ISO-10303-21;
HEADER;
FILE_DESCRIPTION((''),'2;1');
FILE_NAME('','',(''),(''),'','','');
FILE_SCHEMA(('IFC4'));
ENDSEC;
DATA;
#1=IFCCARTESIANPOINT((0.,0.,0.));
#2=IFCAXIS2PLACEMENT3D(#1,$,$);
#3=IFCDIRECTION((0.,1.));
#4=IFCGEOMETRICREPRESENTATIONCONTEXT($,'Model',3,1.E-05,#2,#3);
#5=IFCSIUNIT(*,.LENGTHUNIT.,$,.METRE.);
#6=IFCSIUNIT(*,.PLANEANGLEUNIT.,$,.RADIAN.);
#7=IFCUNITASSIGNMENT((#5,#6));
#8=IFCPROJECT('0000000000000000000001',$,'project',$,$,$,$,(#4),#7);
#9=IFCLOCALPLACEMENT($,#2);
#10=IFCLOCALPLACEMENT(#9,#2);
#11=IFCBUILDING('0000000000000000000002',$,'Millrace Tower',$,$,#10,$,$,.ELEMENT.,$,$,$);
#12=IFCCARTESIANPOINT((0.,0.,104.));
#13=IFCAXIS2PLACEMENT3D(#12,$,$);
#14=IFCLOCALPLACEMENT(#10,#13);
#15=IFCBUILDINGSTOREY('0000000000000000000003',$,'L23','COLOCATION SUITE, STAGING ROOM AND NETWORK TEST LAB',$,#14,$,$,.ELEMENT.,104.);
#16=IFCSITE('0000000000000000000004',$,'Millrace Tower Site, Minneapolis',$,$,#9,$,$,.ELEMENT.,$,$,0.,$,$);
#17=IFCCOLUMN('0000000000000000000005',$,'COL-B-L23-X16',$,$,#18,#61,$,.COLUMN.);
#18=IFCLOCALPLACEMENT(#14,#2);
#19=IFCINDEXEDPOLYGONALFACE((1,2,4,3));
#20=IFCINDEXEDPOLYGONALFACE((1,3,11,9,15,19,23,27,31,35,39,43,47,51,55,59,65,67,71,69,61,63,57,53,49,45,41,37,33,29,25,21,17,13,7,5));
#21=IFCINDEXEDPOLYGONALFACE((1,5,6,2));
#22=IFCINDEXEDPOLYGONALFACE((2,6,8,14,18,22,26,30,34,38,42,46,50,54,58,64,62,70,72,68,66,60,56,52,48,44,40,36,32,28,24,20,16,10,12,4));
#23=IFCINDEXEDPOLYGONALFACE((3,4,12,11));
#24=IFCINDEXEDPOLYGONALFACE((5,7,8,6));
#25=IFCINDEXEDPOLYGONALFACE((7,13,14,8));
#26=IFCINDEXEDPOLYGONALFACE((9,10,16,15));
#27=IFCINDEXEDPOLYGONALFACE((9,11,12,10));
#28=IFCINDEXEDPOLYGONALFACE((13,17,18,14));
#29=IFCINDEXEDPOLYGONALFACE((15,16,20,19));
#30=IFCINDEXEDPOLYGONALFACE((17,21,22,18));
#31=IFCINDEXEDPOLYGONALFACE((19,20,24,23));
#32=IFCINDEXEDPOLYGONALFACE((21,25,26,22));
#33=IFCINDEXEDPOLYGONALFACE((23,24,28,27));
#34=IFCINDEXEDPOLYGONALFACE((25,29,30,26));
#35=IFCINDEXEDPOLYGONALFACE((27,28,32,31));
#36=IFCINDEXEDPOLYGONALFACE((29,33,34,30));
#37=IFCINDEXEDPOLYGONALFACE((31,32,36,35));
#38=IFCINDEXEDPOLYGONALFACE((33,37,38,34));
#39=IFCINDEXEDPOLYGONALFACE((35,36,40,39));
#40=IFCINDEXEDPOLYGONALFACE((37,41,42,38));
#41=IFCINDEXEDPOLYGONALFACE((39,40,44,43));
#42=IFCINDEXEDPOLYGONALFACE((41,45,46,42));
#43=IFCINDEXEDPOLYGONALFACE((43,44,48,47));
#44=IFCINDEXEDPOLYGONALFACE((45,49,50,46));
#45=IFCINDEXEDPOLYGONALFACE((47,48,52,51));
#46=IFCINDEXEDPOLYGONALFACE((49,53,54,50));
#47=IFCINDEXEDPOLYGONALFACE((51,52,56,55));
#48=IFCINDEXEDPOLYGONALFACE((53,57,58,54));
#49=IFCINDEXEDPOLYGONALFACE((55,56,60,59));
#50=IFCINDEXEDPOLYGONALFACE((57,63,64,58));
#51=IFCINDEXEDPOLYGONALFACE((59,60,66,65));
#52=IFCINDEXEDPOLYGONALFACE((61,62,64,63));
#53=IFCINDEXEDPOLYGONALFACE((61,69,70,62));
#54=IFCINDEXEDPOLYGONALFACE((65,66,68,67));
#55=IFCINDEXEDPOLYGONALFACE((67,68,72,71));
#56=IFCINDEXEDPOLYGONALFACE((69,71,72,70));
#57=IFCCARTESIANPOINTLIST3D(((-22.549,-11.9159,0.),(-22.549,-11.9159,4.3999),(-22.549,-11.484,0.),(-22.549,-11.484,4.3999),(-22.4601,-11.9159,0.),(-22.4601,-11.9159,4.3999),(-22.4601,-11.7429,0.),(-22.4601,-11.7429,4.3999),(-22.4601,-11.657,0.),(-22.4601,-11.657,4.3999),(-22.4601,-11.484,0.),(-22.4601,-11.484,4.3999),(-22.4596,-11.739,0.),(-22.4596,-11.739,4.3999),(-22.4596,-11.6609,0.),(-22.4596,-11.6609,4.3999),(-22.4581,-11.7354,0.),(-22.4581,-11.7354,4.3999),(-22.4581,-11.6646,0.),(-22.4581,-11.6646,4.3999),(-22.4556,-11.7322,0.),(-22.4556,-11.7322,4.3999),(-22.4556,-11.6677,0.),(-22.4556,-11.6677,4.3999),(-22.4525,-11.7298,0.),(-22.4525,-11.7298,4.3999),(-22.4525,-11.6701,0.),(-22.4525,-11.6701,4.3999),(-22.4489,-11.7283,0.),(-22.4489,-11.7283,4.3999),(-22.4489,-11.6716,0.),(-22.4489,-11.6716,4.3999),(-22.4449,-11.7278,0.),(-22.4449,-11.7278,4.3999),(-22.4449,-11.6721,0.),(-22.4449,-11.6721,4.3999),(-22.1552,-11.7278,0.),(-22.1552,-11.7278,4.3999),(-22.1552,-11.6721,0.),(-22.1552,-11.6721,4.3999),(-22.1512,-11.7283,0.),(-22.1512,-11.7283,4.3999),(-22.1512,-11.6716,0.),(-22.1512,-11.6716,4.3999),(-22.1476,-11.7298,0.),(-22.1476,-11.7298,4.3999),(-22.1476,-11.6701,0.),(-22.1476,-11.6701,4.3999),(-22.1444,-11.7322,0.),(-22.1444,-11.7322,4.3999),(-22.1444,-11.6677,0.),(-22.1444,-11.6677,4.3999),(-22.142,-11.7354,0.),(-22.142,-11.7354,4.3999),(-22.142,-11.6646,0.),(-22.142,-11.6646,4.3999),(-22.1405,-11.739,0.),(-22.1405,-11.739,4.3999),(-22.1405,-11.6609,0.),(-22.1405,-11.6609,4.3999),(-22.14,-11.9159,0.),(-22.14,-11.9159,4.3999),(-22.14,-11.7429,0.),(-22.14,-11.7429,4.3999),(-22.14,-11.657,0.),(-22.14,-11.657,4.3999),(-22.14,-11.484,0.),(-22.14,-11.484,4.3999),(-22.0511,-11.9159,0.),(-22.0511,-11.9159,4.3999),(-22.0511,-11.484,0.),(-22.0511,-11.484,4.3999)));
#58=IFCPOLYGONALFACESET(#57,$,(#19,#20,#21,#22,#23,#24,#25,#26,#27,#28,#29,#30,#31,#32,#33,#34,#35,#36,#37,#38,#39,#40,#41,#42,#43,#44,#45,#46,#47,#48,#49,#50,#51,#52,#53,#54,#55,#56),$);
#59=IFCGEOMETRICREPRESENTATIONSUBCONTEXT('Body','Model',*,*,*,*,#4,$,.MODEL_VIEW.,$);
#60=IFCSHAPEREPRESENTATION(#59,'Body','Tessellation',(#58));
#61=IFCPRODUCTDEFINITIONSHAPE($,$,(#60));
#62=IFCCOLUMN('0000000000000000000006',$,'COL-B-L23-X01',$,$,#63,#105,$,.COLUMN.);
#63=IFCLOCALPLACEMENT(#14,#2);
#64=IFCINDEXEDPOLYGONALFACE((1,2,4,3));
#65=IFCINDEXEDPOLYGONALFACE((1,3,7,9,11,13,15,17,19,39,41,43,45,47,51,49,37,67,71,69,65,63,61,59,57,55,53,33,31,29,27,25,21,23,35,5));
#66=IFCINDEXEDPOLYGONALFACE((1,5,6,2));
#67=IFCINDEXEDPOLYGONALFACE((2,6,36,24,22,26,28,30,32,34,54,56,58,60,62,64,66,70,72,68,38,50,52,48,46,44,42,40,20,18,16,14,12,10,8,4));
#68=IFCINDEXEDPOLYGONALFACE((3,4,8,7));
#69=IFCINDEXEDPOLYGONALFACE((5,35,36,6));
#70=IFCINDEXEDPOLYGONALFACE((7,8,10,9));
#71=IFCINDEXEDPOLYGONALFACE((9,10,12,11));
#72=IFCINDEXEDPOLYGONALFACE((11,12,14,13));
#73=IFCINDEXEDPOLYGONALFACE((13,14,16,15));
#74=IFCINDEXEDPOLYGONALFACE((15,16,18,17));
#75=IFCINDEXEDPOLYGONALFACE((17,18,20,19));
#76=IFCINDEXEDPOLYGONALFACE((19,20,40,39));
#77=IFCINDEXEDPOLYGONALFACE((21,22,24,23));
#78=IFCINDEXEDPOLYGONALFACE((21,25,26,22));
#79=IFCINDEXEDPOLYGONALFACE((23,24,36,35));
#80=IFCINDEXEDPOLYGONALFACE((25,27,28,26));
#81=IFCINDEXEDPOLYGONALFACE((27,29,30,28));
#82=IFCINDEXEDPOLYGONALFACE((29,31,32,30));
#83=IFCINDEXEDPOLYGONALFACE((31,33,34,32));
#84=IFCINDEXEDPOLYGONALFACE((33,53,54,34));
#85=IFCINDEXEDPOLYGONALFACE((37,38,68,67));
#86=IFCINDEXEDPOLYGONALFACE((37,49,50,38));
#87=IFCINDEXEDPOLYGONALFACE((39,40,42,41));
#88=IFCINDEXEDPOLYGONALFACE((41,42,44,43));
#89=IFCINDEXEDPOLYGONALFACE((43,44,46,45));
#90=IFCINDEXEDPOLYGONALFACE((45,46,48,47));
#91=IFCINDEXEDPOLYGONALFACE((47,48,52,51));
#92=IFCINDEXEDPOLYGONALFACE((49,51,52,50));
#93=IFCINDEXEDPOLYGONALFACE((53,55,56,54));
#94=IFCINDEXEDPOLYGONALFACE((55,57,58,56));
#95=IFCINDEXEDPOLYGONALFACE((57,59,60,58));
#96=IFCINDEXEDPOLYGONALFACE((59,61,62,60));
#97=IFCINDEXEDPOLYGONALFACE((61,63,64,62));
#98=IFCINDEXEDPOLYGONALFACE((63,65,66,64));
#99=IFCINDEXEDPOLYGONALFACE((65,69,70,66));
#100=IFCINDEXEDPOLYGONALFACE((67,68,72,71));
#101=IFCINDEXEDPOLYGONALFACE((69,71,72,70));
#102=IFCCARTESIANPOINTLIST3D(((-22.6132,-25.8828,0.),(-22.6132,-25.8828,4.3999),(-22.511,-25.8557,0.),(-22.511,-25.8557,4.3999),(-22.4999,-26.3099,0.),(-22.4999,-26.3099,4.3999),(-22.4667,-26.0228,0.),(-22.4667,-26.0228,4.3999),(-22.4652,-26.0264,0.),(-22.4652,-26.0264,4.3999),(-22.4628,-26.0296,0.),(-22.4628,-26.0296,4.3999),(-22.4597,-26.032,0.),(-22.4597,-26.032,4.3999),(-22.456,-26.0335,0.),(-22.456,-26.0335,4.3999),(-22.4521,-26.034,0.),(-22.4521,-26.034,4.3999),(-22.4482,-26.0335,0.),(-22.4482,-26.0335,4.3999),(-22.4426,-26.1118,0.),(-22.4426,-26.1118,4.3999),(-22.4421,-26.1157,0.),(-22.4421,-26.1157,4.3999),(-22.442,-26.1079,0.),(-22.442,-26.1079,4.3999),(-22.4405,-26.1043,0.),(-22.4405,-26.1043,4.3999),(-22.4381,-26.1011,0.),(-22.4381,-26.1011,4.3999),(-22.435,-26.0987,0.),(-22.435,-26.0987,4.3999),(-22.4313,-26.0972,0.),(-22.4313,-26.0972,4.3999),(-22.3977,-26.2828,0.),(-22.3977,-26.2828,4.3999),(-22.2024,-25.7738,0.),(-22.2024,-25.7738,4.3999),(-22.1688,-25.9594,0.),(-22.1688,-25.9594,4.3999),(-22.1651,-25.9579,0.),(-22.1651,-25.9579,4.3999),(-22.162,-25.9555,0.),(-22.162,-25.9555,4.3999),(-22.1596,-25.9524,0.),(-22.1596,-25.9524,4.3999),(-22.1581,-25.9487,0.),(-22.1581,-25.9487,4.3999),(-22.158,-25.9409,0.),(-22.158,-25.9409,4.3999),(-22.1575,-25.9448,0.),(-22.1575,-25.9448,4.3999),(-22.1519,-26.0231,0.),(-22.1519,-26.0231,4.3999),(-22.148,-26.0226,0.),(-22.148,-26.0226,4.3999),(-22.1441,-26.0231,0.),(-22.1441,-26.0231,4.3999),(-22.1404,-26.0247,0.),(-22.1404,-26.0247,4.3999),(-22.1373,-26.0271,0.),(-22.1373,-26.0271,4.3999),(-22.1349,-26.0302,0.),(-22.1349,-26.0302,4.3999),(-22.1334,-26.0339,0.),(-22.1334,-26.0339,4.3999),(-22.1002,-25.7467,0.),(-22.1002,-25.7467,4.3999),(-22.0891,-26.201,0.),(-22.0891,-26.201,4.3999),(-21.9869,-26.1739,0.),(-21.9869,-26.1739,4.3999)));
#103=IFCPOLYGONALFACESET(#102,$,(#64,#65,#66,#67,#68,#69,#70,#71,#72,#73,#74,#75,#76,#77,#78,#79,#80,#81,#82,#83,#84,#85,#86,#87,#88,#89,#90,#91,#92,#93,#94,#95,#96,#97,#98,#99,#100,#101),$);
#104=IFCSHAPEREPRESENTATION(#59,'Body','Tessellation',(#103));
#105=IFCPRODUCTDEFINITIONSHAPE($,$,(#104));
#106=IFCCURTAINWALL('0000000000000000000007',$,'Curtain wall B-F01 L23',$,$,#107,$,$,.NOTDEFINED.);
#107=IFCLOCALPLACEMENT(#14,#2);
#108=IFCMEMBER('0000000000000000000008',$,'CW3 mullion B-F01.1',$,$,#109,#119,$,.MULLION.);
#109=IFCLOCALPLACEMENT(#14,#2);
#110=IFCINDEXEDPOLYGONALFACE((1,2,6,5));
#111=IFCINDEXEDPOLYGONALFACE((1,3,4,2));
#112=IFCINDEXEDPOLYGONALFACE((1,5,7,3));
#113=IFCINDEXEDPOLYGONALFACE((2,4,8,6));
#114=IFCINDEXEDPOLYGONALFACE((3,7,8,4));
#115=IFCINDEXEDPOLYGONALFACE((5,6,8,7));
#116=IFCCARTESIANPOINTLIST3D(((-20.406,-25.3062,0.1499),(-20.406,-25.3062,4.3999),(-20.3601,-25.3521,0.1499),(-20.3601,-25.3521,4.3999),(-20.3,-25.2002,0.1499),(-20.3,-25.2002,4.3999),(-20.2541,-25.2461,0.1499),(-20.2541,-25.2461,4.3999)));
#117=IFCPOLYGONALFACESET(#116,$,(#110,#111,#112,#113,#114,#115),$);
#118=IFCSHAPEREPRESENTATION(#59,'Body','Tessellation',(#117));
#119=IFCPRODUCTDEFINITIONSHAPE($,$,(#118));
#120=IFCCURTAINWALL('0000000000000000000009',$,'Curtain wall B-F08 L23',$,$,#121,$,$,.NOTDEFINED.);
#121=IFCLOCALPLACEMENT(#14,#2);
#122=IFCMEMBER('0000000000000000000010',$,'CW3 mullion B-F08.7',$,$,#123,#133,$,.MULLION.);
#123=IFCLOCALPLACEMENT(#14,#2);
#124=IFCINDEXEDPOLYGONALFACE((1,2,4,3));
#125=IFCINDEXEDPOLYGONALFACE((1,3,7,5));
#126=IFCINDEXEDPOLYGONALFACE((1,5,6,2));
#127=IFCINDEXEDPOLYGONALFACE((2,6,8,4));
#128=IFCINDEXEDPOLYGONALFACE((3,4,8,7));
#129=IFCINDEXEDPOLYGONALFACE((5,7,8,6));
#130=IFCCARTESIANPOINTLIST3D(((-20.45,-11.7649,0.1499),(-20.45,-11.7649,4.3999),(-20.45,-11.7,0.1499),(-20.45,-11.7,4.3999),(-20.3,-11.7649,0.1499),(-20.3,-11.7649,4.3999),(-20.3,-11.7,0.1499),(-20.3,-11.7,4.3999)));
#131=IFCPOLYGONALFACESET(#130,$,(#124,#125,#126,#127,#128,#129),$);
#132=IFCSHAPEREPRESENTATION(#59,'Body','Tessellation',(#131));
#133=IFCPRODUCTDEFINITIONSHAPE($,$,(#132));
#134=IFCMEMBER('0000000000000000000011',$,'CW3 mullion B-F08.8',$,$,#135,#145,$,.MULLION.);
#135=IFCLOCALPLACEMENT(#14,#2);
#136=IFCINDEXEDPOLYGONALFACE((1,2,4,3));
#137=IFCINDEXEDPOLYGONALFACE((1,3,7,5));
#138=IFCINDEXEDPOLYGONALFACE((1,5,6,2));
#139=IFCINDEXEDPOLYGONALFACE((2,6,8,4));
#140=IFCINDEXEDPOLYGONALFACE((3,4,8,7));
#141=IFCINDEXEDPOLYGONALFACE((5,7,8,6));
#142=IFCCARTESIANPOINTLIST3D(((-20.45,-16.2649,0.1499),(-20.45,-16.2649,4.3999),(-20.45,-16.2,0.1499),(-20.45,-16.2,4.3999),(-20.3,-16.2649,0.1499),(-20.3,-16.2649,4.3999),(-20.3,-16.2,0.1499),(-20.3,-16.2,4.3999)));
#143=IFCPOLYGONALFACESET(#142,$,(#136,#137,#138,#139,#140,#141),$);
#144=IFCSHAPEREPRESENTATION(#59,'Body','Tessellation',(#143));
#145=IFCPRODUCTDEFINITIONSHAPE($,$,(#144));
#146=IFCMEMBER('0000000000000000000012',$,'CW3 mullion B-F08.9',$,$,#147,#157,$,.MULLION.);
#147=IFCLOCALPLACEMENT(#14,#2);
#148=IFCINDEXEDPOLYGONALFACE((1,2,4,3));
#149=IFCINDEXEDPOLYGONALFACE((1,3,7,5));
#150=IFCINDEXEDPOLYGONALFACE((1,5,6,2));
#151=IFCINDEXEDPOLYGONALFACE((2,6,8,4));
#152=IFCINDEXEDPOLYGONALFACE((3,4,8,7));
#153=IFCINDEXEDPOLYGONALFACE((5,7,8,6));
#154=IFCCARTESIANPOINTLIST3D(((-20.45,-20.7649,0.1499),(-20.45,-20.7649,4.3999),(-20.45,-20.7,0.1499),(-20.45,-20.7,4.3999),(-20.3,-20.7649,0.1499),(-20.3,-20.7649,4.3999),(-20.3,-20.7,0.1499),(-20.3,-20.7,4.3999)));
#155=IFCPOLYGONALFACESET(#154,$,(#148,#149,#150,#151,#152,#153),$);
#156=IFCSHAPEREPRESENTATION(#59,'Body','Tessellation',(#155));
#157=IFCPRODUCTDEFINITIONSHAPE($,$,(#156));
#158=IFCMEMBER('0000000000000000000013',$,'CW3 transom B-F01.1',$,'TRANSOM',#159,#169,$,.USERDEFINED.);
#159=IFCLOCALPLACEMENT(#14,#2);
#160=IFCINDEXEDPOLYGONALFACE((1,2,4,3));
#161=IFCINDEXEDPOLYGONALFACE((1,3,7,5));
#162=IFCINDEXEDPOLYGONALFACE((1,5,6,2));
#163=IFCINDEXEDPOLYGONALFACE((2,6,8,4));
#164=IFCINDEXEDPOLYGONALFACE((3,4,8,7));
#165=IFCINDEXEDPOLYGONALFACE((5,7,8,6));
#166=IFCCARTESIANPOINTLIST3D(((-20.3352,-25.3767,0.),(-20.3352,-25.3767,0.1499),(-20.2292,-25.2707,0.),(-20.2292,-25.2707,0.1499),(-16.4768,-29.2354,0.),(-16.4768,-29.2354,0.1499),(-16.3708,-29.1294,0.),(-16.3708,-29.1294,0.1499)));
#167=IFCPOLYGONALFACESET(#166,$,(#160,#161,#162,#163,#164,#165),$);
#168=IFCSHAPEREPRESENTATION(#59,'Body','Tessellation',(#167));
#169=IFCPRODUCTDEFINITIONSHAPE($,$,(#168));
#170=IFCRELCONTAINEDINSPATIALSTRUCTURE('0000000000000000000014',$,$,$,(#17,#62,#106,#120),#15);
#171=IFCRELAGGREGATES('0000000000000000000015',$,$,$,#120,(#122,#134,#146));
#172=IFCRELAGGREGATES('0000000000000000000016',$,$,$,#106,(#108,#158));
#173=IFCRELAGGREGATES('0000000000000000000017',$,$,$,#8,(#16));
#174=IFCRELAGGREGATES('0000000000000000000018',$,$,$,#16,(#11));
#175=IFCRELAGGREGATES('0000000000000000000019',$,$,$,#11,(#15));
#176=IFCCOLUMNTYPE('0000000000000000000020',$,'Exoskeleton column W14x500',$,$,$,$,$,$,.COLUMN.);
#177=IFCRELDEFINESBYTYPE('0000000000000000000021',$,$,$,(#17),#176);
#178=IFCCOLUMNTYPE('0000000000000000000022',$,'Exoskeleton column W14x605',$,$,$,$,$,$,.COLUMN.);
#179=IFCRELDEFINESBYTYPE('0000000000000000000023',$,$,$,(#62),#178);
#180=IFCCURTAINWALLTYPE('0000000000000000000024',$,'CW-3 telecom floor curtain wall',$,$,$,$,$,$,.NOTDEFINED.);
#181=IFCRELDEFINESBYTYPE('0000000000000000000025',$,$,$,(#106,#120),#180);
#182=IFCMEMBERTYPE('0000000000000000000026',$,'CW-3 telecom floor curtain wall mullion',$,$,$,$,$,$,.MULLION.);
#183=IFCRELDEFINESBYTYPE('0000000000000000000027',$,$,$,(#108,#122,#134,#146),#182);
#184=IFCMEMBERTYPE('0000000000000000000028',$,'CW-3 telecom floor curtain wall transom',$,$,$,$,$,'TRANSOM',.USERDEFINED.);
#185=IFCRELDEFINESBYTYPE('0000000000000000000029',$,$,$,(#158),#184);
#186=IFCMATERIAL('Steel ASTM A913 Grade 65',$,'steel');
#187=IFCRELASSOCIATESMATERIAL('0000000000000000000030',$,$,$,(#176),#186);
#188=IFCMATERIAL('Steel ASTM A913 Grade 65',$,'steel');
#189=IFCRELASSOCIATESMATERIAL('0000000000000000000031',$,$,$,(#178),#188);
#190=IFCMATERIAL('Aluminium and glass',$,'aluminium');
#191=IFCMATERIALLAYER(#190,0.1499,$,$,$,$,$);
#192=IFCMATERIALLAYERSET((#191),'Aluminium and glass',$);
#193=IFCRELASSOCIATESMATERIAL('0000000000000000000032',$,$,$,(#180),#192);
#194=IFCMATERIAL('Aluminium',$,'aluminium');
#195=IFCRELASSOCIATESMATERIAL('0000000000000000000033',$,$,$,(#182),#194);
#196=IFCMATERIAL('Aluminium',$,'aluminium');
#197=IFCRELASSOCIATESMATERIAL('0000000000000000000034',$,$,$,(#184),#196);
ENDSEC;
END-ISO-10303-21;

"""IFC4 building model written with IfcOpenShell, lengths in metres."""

from ifc_helpers import new_model, si_unit, direction, frame, origin, origin_2d, place, context, subcontext, project, spatial, rectangle, i_section, extrude, material, layer, layer_set, material_profile, profile_set, type_object, element, aggregate, save


model = new_model("IFC4")

# Units and contexts
model_context = context("Model", 3, precision=1e-05, world=origin(), true_north=direction((0.0, 1.0)))
body_context = subcontext(model_context, "Body", "Model", "MODEL_VIEW")
ifc_project = project(units=[si_unit("LENGTHUNIT", "METRE"), si_unit("PLANEANGLEUNIT", "RADIAN")], contexts=[model_context])

# Site, building, storey
site_placement = place(None, origin())
site = spatial("IfcSite", under=ifc_project, at=site_placement, Name="Millrace Tower Site, Minneapolis", CompositionType="ELEMENT", RefElevation=0.0)
building_placement = place(site_placement, origin())
building = spatial("IfcBuilding", under=site, at=building_placement, Name="Millrace Tower", CompositionType="ELEMENT")
storey_placement = place(building_placement, frame((0.0, 0.0, 104.0)))
storey = spatial("IfcBuildingStorey", under=building, at=storey_placement, Name="L23", Description="COLOCATION SUITE, STAGING ROOM AND NETWORK TEST LAB", CompositionType="ELEMENT", Elevation=104.0)

# Columns
ifc_material_1 = material(Name="Steel ASTM A913 Grade 65", Category="steel")
ifc_material_profile_1 = material_profile(ifc_material_1, i_section(OverallWidth=0.4319, OverallDepth=0.4978, WebThickness=0.0557, FlangeThickness=0.0889, FilletRadius=0.0151, at=origin_2d()))
ifc_profile_set_1 = profile_set([ifc_material_profile_1], Name="Steel ASTM A913 Grade 65")
column_type_1 = type_object("IfcColumnType", Name="Exoskeleton column W14x500", PredefinedType="COLUMN", material=ifc_profile_set_1)
column_1_placement = place(storey_placement, frame((-22.3, -11.7, 0.0), z_axis=(0.0, 0.0, 1.0), x_axis=(0.0, -1.0, 0.0)))
element("IfcColumn", 1, at=column_1_placement, inside=storey, type_object=column_type_1, Name="COL-B-L23-X16", PredefinedType="COLUMN", context=body_context, shape_type="SweptSolid", body=[
    extrude(i_section(OverallWidth=0.4319, OverallDepth=0.4978, WebThickness=0.0557, FlangeThickness=0.0889, FilletRadius=0.0151, at=origin_2d()), origin(), (0.0, 0.0, 1.0), 4.3999),
])
ifc_material_2 = material(Name="Steel ASTM A913 Grade 65", Category="steel")
ifc_material_profile_2 = material_profile(ifc_material_2, i_section(OverallWidth=0.4419, OverallDepth=0.5308, WebThickness=0.0659, FlangeThickness=0.1057, FilletRadius=0.0151, at=origin_2d()))
ifc_profile_set_2 = profile_set([ifc_material_profile_2], Name="Steel ASTM A913 Grade 65")
column_type_2 = type_object("IfcColumnType", Name="Exoskeleton column W14x605", PredefinedType="COLUMN", material=ifc_profile_set_2)
column_2_placement = place(storey_placement, frame((-22.3, -26.0283, 0.0), z_axis=(0.0, 0.0, 1.0), x_axis=(0.256347, -0.966585, 0.0)))
element("IfcColumn", 2, at=column_2_placement, inside=storey, type_object=column_type_2, Name="COL-B-L23-X01", PredefinedType="COLUMN", context=body_context, shape_type="SweptSolid", body=[
    extrude(i_section(OverallWidth=0.4419, OverallDepth=0.5308, WebThickness=0.0659, FlangeThickness=0.1057, FilletRadius=0.0151, at=origin_2d()), origin(), (0.0, 0.0, 1.0), 4.3999),
])

# Curtain wall, member
ifc_material_3 = material(Name="Aluminium and glass", Category="aluminium")
ifc_layer_1 = layer(ifc_material_3, 0.1499)
ifc_layer_set_1 = layer_set([ifc_layer_1], Name="Aluminium and glass")
curtain_wall_type = type_object("IfcCurtainWallType", Name="CW-3 telecom floor curtain wall", PredefinedType="NOTDEFINED", material=ifc_layer_set_1)
placement = place(storey_placement, origin())
curtain_wall_1 = element("IfcCurtainWall", 3, at=placement, inside=storey, type_object=curtain_wall_type, Name="Curtain wall B-F01 L23", PredefinedType="NOTDEFINED")
ifc_material_4 = material(Name="Aluminium", Category="aluminium")
ifc_material_profile_3 = material_profile(ifc_material_4, rectangle(XDim=0.0649, YDim=0.1499, at=origin_2d()))
ifc_profile_set_3 = profile_set([ifc_material_profile_3], Name="Aluminium")
member_type_1 = type_object("IfcMemberType", Name="CW-3 telecom floor curtain wall mullion", PredefinedType="MULLION", material=ifc_profile_set_3)
member_1_placement = place(storey_placement, frame((-20.3301, -25.2761, 0.1499), z_axis=(0.0, 0.0, 1.0), x_axis=(0.707107, -0.707107, 0.0)))
member_1 = element("IfcMember", 4, at=member_1_placement, type_object=member_type_1, Name="CW3 mullion B-F01.1", PredefinedType="MULLION", context=body_context, shape_type="SweptSolid", body=[
    extrude(rectangle(XDim=0.0649, YDim=0.1499, at=origin_2d()), origin(), (0.0, 0.0, 1.0), 4.25),
])

# Curtain wall, members
curtain_wall_2 = element("IfcCurtainWall", 5, at=placement, inside=storey, type_object=curtain_wall_type, Name="Curtain wall B-F08 L23", PredefinedType="NOTDEFINED")
member_2_placement = place(storey_placement, frame((-20.375, -11.7324, 0.1499), z_axis=(0.0, 0.0, 1.0), x_axis=(0.0, -1.0, 0.0)))
member_2 = element("IfcMember", 6, at=member_2_placement, type_object=member_type_1, Name="CW3 mullion B-F08.7", PredefinedType="MULLION", context=body_context, shape_type="SweptSolid", body=[
    extrude(rectangle(XDim=0.0649, YDim=0.1499, at=origin_2d()), origin(), (0.0, 0.0, 1.0), 4.25),
])
member_3_placement = place(storey_placement, frame((-20.375, -16.2324, 0.1499), z_axis=(0.0, 0.0, 1.0), x_axis=(0.0, -1.0, 0.0)))
member_3 = element("IfcMember", 7, at=member_3_placement, type_object=member_type_1, Name="CW3 mullion B-F08.8", PredefinedType="MULLION", context=body_context, shape_type="SweptSolid", body=[
    extrude(rectangle(XDim=0.0649, YDim=0.1499, at=origin_2d()), origin(), (0.0, 0.0, 1.0), 4.25),
])
member_4_placement = place(storey_placement, frame((-20.375, -20.7324, 0.1499), z_axis=(0.0, 0.0, 1.0), x_axis=(0.0, -1.0, 0.0)))
member_4 = element("IfcMember", 8, at=member_4_placement, type_object=member_type_1, Name="CW3 mullion B-F08.9", PredefinedType="MULLION", context=body_context, shape_type="SweptSolid", body=[
    extrude(rectangle(XDim=0.0649, YDim=0.1499, at=origin_2d()), origin(), (0.0, 0.0, 1.0), 4.25),
])
aggregate(curtain_wall_2, [member_2, member_3, member_4])

# Member
ifc_material_5 = material(Name="Aluminium", Category="aluminium")
ifc_material_profile_4 = material_profile(ifc_material_5, rectangle(XDim=0.1499, YDim=0.1499, at=origin_2d()))
ifc_profile_set_4 = profile_set([ifc_material_profile_4], Name="Aluminium")
member_type_2 = type_object("IfcMemberType", Name="CW-3 telecom floor curtain wall transom", ElementType="TRANSOM", PredefinedType="USERDEFINED", material=ifc_profile_set_4)
member_5_placement = place(storey_placement, frame((-20.2822, -25.3237, 0.075), z_axis=(0.707084, -0.707129, 0.0), x_axis=(0.707129, 0.707084, 0.0)))
member_5 = element("IfcMember", 9, at=member_5_placement, type_object=member_type_2, Name="CW3 transom B-F01.1", ObjectType="TRANSOM", PredefinedType="USERDEFINED", context=body_context, shape_type="SweptSolid", body=[
    extrude(rectangle(XDim=0.1499, YDim=0.1499, at=origin_2d()), origin(), (0.0, 0.0, 1.0), 5.4568),
])
aggregate(curtain_wall_1, [member_1, member_5])

save(model, "model.ifc")
